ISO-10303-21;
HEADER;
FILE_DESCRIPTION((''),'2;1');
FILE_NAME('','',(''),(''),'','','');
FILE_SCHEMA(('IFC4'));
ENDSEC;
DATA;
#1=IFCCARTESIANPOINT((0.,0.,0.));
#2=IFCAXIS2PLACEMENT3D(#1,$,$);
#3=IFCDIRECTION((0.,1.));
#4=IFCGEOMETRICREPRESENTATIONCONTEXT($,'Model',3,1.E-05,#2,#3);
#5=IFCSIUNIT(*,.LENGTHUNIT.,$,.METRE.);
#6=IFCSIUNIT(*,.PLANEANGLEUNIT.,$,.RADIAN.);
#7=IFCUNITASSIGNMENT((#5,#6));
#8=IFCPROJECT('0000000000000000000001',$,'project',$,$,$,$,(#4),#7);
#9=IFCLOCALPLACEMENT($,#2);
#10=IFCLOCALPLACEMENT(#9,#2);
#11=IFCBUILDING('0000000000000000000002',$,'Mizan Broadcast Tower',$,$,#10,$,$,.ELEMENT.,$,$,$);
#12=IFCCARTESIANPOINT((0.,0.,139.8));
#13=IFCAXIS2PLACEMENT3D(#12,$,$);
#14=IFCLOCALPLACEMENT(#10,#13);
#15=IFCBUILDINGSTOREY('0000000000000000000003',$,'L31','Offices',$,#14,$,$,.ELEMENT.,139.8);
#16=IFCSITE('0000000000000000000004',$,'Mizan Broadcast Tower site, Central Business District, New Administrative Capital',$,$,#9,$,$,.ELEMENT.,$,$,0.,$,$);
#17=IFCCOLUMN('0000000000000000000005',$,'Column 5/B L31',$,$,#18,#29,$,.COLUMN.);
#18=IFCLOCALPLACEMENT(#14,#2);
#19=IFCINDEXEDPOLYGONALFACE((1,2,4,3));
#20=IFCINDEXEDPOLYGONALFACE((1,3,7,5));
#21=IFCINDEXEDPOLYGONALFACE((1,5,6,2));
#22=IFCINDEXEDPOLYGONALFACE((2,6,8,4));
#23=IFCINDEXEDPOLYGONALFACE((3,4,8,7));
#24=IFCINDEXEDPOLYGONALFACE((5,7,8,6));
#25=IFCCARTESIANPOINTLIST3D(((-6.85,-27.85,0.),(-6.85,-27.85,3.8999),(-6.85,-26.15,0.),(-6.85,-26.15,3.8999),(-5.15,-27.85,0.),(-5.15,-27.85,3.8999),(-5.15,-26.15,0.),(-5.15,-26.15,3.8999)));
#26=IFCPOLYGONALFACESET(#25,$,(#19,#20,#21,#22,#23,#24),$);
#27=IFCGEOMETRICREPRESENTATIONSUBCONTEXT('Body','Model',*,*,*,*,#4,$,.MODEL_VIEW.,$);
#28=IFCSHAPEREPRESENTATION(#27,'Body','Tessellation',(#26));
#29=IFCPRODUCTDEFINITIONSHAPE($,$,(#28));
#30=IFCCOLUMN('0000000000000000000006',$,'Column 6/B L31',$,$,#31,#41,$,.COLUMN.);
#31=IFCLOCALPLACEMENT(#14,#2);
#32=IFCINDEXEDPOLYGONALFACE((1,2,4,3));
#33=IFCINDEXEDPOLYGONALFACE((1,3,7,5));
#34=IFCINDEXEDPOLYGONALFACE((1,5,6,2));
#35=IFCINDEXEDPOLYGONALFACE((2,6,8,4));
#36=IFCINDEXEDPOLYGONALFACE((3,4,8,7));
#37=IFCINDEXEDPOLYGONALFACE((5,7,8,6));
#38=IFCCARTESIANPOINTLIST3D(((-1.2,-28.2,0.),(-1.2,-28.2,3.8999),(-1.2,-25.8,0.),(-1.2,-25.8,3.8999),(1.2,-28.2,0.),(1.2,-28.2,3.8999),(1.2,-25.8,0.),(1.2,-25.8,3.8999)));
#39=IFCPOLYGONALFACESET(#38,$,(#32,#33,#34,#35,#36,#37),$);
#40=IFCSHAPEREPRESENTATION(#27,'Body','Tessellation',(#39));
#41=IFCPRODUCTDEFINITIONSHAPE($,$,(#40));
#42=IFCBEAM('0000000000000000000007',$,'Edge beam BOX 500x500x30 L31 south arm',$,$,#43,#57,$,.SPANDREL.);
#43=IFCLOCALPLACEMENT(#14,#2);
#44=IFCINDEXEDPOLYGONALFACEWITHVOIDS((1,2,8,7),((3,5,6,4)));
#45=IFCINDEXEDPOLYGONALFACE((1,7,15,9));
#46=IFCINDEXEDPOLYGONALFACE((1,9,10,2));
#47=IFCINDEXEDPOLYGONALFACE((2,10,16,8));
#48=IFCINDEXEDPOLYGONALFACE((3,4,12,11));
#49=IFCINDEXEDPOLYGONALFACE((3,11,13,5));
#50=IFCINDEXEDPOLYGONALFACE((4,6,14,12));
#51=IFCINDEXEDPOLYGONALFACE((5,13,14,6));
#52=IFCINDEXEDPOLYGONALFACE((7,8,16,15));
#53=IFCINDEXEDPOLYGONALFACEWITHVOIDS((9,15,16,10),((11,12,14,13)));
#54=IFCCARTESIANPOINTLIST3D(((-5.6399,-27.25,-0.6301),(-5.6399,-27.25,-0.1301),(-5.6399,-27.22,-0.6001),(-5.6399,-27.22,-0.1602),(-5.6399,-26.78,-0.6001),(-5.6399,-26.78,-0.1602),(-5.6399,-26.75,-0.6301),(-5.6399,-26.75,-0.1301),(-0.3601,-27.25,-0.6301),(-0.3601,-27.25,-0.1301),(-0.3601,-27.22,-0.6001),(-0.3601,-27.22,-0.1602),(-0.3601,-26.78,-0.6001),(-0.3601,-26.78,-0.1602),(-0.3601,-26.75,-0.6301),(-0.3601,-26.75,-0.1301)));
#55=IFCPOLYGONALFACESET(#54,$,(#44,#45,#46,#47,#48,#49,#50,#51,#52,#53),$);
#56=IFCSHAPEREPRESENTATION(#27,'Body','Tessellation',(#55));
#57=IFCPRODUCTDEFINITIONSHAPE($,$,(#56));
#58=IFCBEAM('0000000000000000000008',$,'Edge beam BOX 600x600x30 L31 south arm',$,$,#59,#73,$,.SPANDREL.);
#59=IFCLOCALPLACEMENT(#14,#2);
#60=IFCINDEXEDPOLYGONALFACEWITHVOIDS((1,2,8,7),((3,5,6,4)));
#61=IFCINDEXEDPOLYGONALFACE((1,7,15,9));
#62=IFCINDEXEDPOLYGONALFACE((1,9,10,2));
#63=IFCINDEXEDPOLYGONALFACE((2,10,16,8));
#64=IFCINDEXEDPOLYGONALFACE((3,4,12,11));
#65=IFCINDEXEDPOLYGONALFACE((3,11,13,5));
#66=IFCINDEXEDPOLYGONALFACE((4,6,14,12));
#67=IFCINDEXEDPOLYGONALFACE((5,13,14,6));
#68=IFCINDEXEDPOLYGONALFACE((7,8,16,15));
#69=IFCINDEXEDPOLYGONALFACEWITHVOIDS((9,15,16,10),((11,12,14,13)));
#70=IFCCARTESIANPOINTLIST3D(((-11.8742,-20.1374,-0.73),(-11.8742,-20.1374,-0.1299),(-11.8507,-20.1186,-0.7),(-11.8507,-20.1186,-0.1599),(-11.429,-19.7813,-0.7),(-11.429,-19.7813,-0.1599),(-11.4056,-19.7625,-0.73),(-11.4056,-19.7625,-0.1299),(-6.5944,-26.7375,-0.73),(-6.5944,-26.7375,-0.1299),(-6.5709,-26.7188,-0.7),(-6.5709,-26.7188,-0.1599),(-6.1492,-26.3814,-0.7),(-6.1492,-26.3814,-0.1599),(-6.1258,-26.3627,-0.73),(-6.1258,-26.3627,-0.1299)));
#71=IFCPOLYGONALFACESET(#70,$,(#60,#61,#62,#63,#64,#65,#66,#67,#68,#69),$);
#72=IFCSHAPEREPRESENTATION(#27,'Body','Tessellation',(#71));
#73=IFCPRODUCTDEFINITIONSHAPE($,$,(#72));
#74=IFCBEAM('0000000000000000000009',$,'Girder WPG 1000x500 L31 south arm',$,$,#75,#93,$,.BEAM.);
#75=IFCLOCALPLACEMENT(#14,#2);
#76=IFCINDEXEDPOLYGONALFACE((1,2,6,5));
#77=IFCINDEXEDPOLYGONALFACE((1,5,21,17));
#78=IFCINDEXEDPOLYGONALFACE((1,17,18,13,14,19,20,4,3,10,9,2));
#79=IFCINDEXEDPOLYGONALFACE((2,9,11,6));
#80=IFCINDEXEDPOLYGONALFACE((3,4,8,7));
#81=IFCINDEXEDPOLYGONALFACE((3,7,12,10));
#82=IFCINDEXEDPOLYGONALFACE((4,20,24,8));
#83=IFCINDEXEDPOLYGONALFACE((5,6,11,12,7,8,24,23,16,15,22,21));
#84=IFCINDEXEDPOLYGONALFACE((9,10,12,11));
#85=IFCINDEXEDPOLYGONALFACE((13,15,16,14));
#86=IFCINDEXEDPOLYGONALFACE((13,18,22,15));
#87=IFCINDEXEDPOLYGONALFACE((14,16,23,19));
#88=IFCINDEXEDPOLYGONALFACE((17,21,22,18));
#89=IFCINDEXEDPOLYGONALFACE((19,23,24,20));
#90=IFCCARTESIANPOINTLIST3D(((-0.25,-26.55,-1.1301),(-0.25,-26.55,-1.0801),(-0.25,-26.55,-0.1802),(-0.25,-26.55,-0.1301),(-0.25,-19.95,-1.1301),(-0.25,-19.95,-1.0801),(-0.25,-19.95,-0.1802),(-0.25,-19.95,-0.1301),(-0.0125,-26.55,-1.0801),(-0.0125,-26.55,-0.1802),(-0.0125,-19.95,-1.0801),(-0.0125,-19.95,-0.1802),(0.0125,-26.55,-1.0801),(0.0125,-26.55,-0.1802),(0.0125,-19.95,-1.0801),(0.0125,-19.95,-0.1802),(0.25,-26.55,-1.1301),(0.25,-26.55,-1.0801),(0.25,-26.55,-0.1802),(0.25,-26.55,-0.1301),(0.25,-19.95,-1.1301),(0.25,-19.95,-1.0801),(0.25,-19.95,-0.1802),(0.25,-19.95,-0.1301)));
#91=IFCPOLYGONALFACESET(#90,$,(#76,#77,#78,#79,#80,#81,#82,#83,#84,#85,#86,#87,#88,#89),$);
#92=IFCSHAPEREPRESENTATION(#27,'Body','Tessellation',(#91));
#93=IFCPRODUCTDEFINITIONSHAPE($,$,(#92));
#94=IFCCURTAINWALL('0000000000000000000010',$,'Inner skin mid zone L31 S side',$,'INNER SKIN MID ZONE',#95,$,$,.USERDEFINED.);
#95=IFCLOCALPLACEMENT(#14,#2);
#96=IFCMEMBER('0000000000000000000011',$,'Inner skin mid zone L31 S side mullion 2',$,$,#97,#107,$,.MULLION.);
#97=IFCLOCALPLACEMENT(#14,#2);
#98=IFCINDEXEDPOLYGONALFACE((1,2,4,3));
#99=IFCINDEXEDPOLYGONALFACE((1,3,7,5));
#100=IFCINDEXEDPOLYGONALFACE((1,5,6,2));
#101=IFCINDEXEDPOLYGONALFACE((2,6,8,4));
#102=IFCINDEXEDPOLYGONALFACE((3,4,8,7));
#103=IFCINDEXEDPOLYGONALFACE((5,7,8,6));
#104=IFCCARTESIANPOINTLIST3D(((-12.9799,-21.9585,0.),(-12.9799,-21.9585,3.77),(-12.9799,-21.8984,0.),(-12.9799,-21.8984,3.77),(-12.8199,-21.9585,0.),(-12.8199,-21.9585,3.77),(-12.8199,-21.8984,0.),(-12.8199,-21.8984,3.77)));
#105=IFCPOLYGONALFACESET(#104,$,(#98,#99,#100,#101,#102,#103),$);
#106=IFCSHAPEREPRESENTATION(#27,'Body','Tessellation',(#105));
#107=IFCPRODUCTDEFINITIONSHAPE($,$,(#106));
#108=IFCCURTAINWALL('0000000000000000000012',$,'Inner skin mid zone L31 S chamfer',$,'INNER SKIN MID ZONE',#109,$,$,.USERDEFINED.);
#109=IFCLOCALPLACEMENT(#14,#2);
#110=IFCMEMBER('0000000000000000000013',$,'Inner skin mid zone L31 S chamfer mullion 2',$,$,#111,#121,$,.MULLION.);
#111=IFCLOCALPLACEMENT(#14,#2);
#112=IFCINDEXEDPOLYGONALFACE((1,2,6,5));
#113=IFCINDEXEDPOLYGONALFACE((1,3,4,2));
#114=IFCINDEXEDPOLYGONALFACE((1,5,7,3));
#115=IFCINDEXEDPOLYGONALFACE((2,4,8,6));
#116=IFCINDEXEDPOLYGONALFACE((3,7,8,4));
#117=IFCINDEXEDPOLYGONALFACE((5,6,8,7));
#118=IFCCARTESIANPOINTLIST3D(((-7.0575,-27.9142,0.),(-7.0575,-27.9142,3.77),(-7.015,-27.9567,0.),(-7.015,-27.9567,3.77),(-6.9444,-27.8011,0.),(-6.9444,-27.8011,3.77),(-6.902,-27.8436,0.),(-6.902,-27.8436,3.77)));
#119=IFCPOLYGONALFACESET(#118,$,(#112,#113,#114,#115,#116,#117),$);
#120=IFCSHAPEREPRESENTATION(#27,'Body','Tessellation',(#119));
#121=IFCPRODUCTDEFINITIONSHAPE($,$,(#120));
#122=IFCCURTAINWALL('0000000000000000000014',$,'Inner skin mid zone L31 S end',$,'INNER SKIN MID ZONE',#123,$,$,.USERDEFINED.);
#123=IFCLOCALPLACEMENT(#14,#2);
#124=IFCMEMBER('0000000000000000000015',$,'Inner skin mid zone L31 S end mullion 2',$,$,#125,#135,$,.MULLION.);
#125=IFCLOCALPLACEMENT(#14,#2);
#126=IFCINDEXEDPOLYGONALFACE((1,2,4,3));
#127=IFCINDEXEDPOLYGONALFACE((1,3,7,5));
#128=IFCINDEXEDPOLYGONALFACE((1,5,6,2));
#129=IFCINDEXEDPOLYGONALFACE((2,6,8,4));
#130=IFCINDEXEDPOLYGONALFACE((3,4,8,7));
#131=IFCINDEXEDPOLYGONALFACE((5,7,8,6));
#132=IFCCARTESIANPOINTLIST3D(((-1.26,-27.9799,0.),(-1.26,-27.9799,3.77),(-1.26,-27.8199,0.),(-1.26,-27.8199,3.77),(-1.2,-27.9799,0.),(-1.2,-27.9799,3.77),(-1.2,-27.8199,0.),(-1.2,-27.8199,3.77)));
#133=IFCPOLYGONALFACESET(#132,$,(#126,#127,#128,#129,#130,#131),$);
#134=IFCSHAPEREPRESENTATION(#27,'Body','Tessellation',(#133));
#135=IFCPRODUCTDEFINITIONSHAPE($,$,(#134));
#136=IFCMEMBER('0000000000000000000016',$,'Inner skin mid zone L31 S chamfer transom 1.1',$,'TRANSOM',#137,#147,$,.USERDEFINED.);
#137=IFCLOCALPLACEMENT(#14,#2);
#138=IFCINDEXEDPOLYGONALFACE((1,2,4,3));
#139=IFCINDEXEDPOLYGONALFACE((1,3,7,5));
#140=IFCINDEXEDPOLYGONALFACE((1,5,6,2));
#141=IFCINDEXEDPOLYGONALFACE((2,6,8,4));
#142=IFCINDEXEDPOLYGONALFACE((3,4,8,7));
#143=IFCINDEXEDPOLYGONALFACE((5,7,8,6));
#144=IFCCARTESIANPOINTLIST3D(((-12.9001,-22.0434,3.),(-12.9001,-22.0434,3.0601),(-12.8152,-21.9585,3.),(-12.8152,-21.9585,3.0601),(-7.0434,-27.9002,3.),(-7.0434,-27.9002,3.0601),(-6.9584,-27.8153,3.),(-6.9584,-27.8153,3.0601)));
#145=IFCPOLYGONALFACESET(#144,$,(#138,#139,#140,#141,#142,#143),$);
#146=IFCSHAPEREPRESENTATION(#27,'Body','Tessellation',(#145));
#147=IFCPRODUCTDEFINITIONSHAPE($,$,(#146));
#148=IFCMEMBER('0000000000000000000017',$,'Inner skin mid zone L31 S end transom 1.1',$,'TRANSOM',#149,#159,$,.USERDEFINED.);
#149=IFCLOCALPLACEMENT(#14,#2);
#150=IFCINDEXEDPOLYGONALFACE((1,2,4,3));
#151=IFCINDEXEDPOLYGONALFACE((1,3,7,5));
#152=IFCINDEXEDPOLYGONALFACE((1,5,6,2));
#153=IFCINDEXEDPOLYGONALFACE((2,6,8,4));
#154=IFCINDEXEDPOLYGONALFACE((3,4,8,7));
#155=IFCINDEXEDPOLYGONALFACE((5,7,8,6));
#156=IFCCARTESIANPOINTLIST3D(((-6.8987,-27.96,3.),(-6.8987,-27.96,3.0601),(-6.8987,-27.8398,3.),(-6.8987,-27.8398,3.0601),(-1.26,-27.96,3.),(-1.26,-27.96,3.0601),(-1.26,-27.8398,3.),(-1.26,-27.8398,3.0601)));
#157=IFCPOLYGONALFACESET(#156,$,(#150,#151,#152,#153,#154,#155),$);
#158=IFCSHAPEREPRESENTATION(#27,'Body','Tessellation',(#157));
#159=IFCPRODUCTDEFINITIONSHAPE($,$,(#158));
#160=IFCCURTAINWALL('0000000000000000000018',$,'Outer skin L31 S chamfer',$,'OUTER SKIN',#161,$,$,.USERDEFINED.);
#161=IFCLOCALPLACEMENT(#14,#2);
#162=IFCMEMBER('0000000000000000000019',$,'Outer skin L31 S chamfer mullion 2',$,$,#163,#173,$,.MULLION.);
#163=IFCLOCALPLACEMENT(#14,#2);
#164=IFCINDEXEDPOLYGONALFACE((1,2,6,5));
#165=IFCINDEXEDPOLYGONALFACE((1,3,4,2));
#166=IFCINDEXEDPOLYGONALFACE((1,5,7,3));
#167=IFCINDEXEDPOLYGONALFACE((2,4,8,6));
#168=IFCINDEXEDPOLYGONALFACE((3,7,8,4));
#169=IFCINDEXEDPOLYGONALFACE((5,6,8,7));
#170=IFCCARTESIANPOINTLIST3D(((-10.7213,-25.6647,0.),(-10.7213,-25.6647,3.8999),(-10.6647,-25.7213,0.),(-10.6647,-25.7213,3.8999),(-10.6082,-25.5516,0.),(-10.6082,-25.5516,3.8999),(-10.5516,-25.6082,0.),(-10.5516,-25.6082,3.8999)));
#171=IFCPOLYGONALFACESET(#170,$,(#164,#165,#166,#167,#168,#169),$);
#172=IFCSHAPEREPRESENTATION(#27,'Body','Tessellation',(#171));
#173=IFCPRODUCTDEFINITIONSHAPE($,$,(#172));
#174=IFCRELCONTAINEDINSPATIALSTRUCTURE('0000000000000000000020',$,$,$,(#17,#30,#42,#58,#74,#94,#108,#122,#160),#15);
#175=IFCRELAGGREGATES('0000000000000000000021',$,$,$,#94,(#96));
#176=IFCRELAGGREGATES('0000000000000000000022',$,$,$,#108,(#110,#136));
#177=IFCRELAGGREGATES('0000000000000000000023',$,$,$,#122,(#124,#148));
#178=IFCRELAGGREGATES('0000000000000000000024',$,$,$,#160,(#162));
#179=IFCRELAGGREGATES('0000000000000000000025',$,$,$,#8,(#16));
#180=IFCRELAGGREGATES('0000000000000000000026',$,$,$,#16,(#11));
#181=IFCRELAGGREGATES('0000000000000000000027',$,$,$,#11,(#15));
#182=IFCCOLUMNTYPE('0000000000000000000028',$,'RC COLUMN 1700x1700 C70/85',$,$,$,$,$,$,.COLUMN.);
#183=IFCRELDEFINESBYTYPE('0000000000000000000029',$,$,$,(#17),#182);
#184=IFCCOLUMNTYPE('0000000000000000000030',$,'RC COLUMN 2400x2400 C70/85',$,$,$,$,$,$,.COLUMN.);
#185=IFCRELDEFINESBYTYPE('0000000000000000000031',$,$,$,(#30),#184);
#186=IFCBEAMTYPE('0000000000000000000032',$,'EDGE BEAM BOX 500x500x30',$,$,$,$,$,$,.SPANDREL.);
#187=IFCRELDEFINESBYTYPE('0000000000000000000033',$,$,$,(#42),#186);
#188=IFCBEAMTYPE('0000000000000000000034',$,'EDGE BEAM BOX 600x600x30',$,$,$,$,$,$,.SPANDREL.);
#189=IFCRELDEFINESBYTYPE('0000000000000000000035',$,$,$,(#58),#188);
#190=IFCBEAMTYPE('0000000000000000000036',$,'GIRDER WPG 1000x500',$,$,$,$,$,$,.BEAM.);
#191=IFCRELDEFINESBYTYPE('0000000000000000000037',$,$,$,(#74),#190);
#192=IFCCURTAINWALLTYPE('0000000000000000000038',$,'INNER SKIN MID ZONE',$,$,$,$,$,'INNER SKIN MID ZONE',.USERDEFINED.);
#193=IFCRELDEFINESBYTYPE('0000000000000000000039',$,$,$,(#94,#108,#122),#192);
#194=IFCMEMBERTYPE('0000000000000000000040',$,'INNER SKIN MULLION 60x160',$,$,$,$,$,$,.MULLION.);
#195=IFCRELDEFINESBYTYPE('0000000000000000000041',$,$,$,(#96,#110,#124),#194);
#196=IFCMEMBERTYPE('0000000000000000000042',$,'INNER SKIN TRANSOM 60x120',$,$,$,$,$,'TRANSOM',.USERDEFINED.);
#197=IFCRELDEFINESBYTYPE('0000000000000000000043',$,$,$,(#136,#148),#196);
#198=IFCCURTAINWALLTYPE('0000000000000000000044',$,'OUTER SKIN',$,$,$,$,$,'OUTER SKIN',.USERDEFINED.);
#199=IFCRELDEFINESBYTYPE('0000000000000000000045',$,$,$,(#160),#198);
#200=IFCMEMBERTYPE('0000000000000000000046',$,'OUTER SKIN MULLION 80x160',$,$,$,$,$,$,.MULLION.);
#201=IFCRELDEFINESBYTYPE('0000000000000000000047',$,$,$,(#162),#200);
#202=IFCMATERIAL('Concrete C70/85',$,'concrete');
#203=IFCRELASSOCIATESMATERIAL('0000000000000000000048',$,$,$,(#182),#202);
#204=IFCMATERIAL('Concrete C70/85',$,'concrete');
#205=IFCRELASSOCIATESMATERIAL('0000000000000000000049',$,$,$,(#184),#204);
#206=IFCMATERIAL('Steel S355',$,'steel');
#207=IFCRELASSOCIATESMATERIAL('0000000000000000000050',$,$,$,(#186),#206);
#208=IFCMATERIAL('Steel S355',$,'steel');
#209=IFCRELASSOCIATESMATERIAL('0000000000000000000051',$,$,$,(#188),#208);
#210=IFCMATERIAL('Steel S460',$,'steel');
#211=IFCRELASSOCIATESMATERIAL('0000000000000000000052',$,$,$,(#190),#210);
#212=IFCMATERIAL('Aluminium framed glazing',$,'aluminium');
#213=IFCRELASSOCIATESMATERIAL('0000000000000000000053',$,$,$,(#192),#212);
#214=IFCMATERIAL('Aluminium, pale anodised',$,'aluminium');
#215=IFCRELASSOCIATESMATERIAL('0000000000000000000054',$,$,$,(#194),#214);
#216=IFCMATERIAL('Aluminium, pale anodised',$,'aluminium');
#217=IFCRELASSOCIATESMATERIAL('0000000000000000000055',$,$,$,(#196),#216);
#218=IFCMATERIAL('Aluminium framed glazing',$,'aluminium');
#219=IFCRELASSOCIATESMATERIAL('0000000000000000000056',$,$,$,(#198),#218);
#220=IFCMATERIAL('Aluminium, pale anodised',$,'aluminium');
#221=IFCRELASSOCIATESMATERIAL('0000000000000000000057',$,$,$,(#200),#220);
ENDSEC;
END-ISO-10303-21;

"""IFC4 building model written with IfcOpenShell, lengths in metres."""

from ifc_helpers import new_model, si_unit, direction, frame, origin, origin_2d, place, context, subcontext, project, spatial, rectangle, hollow_rectangle, i_section, extrude, material, material_profile, profile_set, type_object, element, aggregate, save


model = new_model("IFC4")

# Units and contexts
model_context = context("Model", 3, precision=1e-05, world=origin(), true_north=direction((0.0, 1.0)))
body_context = subcontext(model_context, "Body", "Model", "MODEL_VIEW")
ifc_project = project(units=[si_unit("LENGTHUNIT", "METRE"), si_unit("PLANEANGLEUNIT", "RADIAN")], contexts=[model_context])

# Site, building, storey
site_placement = place(None, origin())
site = spatial("IfcSite", under=ifc_project, at=site_placement, Name="Mizan Broadcast Tower site, Central Business District, New Administrative Capital", CompositionType="ELEMENT", RefElevation=0.0)
building_placement = place(site_placement, origin())
building = spatial("IfcBuilding", under=site, at=building_placement, Name="Mizan Broadcast Tower", CompositionType="ELEMENT")
storey_placement = place(building_placement, frame((0.0, 0.0, 139.8)))
storey = spatial("IfcBuildingStorey", under=building, at=storey_placement, Name="L31", Description="Offices", CompositionType="ELEMENT", Elevation=139.8)

# Columns
ifc_material_1 = material(Name="Concrete C70/85", Category="concrete")
ifc_material_profile_1 = material_profile(ifc_material_1, rectangle(XDim=1.7, YDim=1.7, at=origin_2d()), Name="RC 1700x1700")
ifc_profile_set_1 = profile_set([ifc_material_profile_1], Name="Concrete C70/85")
column_type_1 = type_object("IfcColumnType", Name="RC COLUMN 1700x1700 C70/85", PredefinedType="COLUMN", material=ifc_profile_set_1)
column_1_placement = place(storey_placement, frame((-6.0, -27.0, 0.0), z_axis=(0.0, 0.0, 1.0), x_axis=(1.0, 0.0, 0.0)))
element("IfcColumn", 1, at=column_1_placement, inside=storey, type_object=column_type_1, Name="Column 5/B L31", PredefinedType="COLUMN", context=body_context, shape_type="SweptSolid", body=[
    extrude(rectangle(XDim=1.7, YDim=1.7, at=origin_2d()), origin(), (0.0, 0.0, 1.0), 3.8999),
])
ifc_material_2 = material(Name="Concrete C70/85", Category="concrete")
ifc_material_profile_2 = material_profile(ifc_material_2, rectangle(XDim=2.3999, YDim=2.3999, at=origin_2d()), Name="RC 2400x2400")
ifc_profile_set_2 = profile_set([ifc_material_profile_2], Name="Concrete C70/85")
column_type_2 = type_object("IfcColumnType", Name="RC COLUMN 2400x2400 C70/85", PredefinedType="COLUMN", material=ifc_profile_set_2)
column_2_placement = place(storey_placement, frame((0.0, -27.0, 0.0), z_axis=(0.0, 0.0, 1.0), x_axis=(1.0, 0.0, 0.0)))
element("IfcColumn", 2, at=column_2_placement, inside=storey, type_object=column_type_2, Name="Column 6/B L31", PredefinedType="COLUMN", context=body_context, shape_type="SweptSolid", body=[
    extrude(rectangle(XDim=2.3999, YDim=2.3999, at=origin_2d()), origin(), (0.0, 0.0, 1.0), 3.8999),
])

# Beams
ifc_material_3 = material(Name="Steel S355", Category="steel")
ifc_material_profile_3 = material_profile(ifc_material_3, hollow_rectangle(XDim=0.5, YDim=0.5, WallThickness=0.03, at=origin_2d()), Name="BOX 500x500x30")
ifc_profile_set_3 = profile_set([ifc_material_profile_3], Name="Steel S355")
beam_type_1 = type_object("IfcBeamType", Name="EDGE BEAM BOX 500x500x30", PredefinedType="SPANDREL", material=ifc_profile_set_3)
beam_1_placement = place(storey_placement, frame((-5.6399, -27.0, -0.3801), z_axis=(1.0, 0.0, 0.0), x_axis=(0.0, 1.0, 0.0)))
element("IfcBeam", 3, at=beam_1_placement, inside=storey, type_object=beam_type_1, Name="Edge beam BOX 500x500x30 L31 south arm", PredefinedType="SPANDREL", context=body_context, shape_type="SweptSolid", body=[
    extrude(hollow_rectangle(XDim=0.5, YDim=0.5, WallThickness=0.03, at=origin_2d()), origin(), (0.0, 0.0, 1.0), 5.2798),
])
ifc_material_4 = material(Name="Steel S355", Category="steel")
ifc_material_profile_4 = material_profile(ifc_material_4, hollow_rectangle(XDim=0.6001, YDim=0.6001, WallThickness=0.03, at=origin_2d()), Name="BOX 600x600x30")
ifc_profile_set_4 = profile_set([ifc_material_profile_4], Name="Steel S355")
beam_type_2 = type_object("IfcBeamType", Name="EDGE BEAM BOX 600x600x30", PredefinedType="SPANDREL", material=ifc_profile_set_4)
beam_2_placement = place(storey_placement, frame((-11.6399, -19.95, -0.4299), z_axis=(0.624674, -0.780886, 0.0), x_axis=(0.780886, 0.624674, 0.0)))
element("IfcBeam", 4, at=beam_2_placement, inside=storey, type_object=beam_type_2, Name="Edge beam BOX 600x600x30 L31 south arm", PredefinedType="SPANDREL", context=body_context, shape_type="SweptSolid", body=[
    extrude(hollow_rectangle(XDim=0.6001, YDim=0.6001, WallThickness=0.03, at=origin_2d()), origin(), (0.0, 0.0, 1.0), 8.4521),
])
ifc_material_5 = material(Name="Steel S460", Category="steel")
ifc_material_profile_5 = material_profile(ifc_material_5, i_section(OverallWidth=0.5, OverallDepth=1.0, WebThickness=0.0249, FlangeThickness=0.05, at=origin_2d()), Name="WPG 1000x500")
ifc_profile_set_5 = profile_set([ifc_material_profile_5], Name="Steel S460")
beam_type_3 = type_object("IfcBeamType", Name="GIRDER WPG 1000x500", PredefinedType="BEAM", material=ifc_profile_set_5)
beam_3_placement = place(storey_placement, frame((0.0, -19.95, -0.6301), z_axis=(0.0, -1.0, 0.0), x_axis=(1.0, 0.0, 0.0)))
element("IfcBeam", 5, at=beam_3_placement, inside=storey, type_object=beam_type_3, Name="Girder WPG 1000x500 L31 south arm", PredefinedType="BEAM", context=body_context, shape_type="SweptSolid", body=[
    extrude(i_section(OverallWidth=0.5, OverallDepth=1.0, WebThickness=0.0249, FlangeThickness=0.05, at=origin_2d()), origin(), (0.0, 0.0, 1.0), 6.6001),
])

# Curtain walls, members
ifc_material_6 = material(Name="Aluminium framed glazing", Category="aluminium")
curtain_wall_type_1 = type_object("IfcCurtainWallType", Name="INNER SKIN MID ZONE", ElementType="INNER SKIN MID ZONE", PredefinedType="USERDEFINED", material=ifc_material_6)
curtain_wall_1_placement = place(storey_placement, origin())
curtain_wall_1 = element("IfcCurtainWall", 6, at=curtain_wall_1_placement, inside=storey, type_object=curtain_wall_type_1, Name="Inner skin mid zone L31 S side", ObjectType="INNER SKIN MID ZONE", PredefinedType="USERDEFINED")
ifc_material_7 = material(Name="Aluminium, pale anodised", Category="aluminium")
ifc_material_profile_6 = material_profile(ifc_material_7, rectangle(XDim=0.1599, YDim=0.0601, at=origin_2d()), Name="MULLION 160x60")
ifc_profile_set_6 = profile_set([ifc_material_profile_6], Name="Aluminium, pale anodised")
member_type_1 = type_object("IfcMemberType", Name="INNER SKIN MULLION 60x160", PredefinedType="MULLION", material=ifc_profile_set_6)
member_1_placement = place(storey_placement, frame((-12.8999, -21.9285, 0.0), z_axis=(0.0, 0.0, 1.0), x_axis=(1.0, 0.0, 0.0)))
member_1 = element("IfcMember", 7, at=member_1_placement, type_object=member_type_1, Name="Inner skin mid zone L31 S side mullion 2", PredefinedType="MULLION", context=body_context, shape_type="SweptSolid", body=[
    extrude(rectangle(XDim=0.1599, YDim=0.0601, at=origin_2d()), origin(), (0.0, 0.0, 1.0), 3.77),
])
curtain_wall_2_placement = place(storey_placement, origin())
curtain_wall_2 = element("IfcCurtainWall", 8, at=curtain_wall_2_placement, inside=storey, type_object=curtain_wall_type_1, Name="Inner skin mid zone L31 S chamfer", ObjectType="INNER SKIN MID ZONE", PredefinedType="USERDEFINED")
member_2_placement = place(storey_placement, frame((-6.9797, -27.8789, 0.0), z_axis=(0.0, 0.0, 1.0), x_axis=(0.707107, 0.707107, 0.0)))
member_2 = element("IfcMember", 9, at=member_2_placement, type_object=member_type_1, Name="Inner skin mid zone L31 S chamfer mullion 2", PredefinedType="MULLION", context=body_context, shape_type="SweptSolid", body=[
    extrude(rectangle(XDim=0.1599, YDim=0.0601, at=origin_2d()), origin(), (0.0, 0.0, 1.0), 3.77),
])
curtain_wall_3_placement = place(storey_placement, origin())
curtain_wall_3 = element("IfcCurtainWall", 10, at=curtain_wall_3_placement, inside=storey, type_object=curtain_wall_type_1, Name="Inner skin mid zone L31 S end", ObjectType="INNER SKIN MID ZONE", PredefinedType="USERDEFINED")
member_3_placement = place(storey_placement, frame((-1.23, -27.8999, 0.0), z_axis=(0.0, 0.0, 1.0), x_axis=(0.0, 1.0, 0.0)))
member_3 = element("IfcMember", 11, at=member_3_placement, type_object=member_type_1, Name="Inner skin mid zone L31 S end mullion 2", PredefinedType="MULLION", context=body_context, shape_type="SweptSolid", body=[
    extrude(rectangle(XDim=0.1599, YDim=0.0601, at=origin_2d()), origin(), (0.0, 0.0, 1.0), 3.77),
])

# Members
ifc_material_8 = material(Name="Aluminium, pale anodised", Category="aluminium")
ifc_material_profile_7 = material_profile(ifc_material_8, rectangle(XDim=0.1201, YDim=0.0601, at=origin_2d()), Name="TRANSOM 120x60")
ifc_profile_set_7 = profile_set([ifc_material_profile_7], Name="Aluminium, pale anodised")
member_type_2 = type_object("IfcMemberType", Name="INNER SKIN TRANSOM 60x120", ElementType="TRANSOM", PredefinedType="USERDEFINED", material=ifc_profile_set_7)
member_4_placement = place(storey_placement, frame((-12.8577, -22.001, 3.03), z_axis=(0.707107, -0.707107, 0.0), x_axis=(0.707107, 0.707107, 0.0)))
member_4 = element("IfcMember", 12, at=member_4_placement, type_object=member_type_2, Name="Inner skin mid zone L31 S chamfer transom 1.1", ObjectType="TRANSOM", PredefinedType="USERDEFINED", context=body_context, shape_type="SweptSolid", body=[
    extrude(rectangle(XDim=0.1201, YDim=0.0601, at=origin_2d()), origin(), (0.0, 0.0, 1.0), 8.2827),
])
member_5_placement = place(storey_placement, frame((-6.8987, -27.8999, 3.03), z_axis=(1.0, 0.0, 0.0), x_axis=(0.0, 1.0, 0.0)))
member_5 = element("IfcMember", 13, at=member_5_placement, type_object=member_type_2, Name="Inner skin mid zone L31 S end transom 1.1", ObjectType="TRANSOM", PredefinedType="USERDEFINED", context=body_context, shape_type="SweptSolid", body=[
    extrude(rectangle(XDim=0.1201, YDim=0.0601, at=origin_2d()), origin(), (0.0, 0.0, 1.0), 5.6387),
])

# Curtain wall, member
ifc_material_9 = material(Name="Aluminium framed glazing", Category="aluminium")
curtain_wall_type_2 = type_object("IfcCurtainWallType", Name="OUTER SKIN", ElementType="OUTER SKIN", PredefinedType="USERDEFINED", material=ifc_material_9)
curtain_wall_4_placement = place(storey_placement, origin())
curtain_wall_4 = element("IfcCurtainWall", 14, at=curtain_wall_4_placement, inside=storey, type_object=curtain_wall_type_2, Name="Outer skin L31 S chamfer", ObjectType="OUTER SKIN", PredefinedType="USERDEFINED")
ifc_material_10 = material(Name="Aluminium, pale anodised", Category="aluminium")
ifc_material_profile_8 = material_profile(ifc_material_10, rectangle(XDim=0.1599, YDim=0.0801, at=origin_2d()), Name="MULLION 160x80")
ifc_profile_set_8 = profile_set([ifc_material_profile_8], Name="Aluminium, pale anodised")
member_type_3 = type_object("IfcMemberType", Name="OUTER SKIN MULLION 80x160", PredefinedType="MULLION", material=ifc_profile_set_8)
member_6_placement = place(storey_placement, frame((-10.6365, -25.6365, 0.0), z_axis=(0.0, 0.0, 1.0), x_axis=(0.707107, 0.707107, 0.0)))
member_6 = element("IfcMember", 15, at=member_6_placement, type_object=member_type_3, Name="Outer skin L31 S chamfer mullion 2", PredefinedType="MULLION", context=body_context, shape_type="SweptSolid", body=[
    extrude(rectangle(XDim=0.1599, YDim=0.0801, at=origin_2d()), origin(), (0.0, 0.0, 1.0), 3.8999),
])

aggregate(curtain_wall_1, [member_1])
aggregate(curtain_wall_2, [member_2, member_4])
aggregate(curtain_wall_3, [member_3, member_5])

aggregate(curtain_wall_4, [member_6])

save(model, "model.ifc")
